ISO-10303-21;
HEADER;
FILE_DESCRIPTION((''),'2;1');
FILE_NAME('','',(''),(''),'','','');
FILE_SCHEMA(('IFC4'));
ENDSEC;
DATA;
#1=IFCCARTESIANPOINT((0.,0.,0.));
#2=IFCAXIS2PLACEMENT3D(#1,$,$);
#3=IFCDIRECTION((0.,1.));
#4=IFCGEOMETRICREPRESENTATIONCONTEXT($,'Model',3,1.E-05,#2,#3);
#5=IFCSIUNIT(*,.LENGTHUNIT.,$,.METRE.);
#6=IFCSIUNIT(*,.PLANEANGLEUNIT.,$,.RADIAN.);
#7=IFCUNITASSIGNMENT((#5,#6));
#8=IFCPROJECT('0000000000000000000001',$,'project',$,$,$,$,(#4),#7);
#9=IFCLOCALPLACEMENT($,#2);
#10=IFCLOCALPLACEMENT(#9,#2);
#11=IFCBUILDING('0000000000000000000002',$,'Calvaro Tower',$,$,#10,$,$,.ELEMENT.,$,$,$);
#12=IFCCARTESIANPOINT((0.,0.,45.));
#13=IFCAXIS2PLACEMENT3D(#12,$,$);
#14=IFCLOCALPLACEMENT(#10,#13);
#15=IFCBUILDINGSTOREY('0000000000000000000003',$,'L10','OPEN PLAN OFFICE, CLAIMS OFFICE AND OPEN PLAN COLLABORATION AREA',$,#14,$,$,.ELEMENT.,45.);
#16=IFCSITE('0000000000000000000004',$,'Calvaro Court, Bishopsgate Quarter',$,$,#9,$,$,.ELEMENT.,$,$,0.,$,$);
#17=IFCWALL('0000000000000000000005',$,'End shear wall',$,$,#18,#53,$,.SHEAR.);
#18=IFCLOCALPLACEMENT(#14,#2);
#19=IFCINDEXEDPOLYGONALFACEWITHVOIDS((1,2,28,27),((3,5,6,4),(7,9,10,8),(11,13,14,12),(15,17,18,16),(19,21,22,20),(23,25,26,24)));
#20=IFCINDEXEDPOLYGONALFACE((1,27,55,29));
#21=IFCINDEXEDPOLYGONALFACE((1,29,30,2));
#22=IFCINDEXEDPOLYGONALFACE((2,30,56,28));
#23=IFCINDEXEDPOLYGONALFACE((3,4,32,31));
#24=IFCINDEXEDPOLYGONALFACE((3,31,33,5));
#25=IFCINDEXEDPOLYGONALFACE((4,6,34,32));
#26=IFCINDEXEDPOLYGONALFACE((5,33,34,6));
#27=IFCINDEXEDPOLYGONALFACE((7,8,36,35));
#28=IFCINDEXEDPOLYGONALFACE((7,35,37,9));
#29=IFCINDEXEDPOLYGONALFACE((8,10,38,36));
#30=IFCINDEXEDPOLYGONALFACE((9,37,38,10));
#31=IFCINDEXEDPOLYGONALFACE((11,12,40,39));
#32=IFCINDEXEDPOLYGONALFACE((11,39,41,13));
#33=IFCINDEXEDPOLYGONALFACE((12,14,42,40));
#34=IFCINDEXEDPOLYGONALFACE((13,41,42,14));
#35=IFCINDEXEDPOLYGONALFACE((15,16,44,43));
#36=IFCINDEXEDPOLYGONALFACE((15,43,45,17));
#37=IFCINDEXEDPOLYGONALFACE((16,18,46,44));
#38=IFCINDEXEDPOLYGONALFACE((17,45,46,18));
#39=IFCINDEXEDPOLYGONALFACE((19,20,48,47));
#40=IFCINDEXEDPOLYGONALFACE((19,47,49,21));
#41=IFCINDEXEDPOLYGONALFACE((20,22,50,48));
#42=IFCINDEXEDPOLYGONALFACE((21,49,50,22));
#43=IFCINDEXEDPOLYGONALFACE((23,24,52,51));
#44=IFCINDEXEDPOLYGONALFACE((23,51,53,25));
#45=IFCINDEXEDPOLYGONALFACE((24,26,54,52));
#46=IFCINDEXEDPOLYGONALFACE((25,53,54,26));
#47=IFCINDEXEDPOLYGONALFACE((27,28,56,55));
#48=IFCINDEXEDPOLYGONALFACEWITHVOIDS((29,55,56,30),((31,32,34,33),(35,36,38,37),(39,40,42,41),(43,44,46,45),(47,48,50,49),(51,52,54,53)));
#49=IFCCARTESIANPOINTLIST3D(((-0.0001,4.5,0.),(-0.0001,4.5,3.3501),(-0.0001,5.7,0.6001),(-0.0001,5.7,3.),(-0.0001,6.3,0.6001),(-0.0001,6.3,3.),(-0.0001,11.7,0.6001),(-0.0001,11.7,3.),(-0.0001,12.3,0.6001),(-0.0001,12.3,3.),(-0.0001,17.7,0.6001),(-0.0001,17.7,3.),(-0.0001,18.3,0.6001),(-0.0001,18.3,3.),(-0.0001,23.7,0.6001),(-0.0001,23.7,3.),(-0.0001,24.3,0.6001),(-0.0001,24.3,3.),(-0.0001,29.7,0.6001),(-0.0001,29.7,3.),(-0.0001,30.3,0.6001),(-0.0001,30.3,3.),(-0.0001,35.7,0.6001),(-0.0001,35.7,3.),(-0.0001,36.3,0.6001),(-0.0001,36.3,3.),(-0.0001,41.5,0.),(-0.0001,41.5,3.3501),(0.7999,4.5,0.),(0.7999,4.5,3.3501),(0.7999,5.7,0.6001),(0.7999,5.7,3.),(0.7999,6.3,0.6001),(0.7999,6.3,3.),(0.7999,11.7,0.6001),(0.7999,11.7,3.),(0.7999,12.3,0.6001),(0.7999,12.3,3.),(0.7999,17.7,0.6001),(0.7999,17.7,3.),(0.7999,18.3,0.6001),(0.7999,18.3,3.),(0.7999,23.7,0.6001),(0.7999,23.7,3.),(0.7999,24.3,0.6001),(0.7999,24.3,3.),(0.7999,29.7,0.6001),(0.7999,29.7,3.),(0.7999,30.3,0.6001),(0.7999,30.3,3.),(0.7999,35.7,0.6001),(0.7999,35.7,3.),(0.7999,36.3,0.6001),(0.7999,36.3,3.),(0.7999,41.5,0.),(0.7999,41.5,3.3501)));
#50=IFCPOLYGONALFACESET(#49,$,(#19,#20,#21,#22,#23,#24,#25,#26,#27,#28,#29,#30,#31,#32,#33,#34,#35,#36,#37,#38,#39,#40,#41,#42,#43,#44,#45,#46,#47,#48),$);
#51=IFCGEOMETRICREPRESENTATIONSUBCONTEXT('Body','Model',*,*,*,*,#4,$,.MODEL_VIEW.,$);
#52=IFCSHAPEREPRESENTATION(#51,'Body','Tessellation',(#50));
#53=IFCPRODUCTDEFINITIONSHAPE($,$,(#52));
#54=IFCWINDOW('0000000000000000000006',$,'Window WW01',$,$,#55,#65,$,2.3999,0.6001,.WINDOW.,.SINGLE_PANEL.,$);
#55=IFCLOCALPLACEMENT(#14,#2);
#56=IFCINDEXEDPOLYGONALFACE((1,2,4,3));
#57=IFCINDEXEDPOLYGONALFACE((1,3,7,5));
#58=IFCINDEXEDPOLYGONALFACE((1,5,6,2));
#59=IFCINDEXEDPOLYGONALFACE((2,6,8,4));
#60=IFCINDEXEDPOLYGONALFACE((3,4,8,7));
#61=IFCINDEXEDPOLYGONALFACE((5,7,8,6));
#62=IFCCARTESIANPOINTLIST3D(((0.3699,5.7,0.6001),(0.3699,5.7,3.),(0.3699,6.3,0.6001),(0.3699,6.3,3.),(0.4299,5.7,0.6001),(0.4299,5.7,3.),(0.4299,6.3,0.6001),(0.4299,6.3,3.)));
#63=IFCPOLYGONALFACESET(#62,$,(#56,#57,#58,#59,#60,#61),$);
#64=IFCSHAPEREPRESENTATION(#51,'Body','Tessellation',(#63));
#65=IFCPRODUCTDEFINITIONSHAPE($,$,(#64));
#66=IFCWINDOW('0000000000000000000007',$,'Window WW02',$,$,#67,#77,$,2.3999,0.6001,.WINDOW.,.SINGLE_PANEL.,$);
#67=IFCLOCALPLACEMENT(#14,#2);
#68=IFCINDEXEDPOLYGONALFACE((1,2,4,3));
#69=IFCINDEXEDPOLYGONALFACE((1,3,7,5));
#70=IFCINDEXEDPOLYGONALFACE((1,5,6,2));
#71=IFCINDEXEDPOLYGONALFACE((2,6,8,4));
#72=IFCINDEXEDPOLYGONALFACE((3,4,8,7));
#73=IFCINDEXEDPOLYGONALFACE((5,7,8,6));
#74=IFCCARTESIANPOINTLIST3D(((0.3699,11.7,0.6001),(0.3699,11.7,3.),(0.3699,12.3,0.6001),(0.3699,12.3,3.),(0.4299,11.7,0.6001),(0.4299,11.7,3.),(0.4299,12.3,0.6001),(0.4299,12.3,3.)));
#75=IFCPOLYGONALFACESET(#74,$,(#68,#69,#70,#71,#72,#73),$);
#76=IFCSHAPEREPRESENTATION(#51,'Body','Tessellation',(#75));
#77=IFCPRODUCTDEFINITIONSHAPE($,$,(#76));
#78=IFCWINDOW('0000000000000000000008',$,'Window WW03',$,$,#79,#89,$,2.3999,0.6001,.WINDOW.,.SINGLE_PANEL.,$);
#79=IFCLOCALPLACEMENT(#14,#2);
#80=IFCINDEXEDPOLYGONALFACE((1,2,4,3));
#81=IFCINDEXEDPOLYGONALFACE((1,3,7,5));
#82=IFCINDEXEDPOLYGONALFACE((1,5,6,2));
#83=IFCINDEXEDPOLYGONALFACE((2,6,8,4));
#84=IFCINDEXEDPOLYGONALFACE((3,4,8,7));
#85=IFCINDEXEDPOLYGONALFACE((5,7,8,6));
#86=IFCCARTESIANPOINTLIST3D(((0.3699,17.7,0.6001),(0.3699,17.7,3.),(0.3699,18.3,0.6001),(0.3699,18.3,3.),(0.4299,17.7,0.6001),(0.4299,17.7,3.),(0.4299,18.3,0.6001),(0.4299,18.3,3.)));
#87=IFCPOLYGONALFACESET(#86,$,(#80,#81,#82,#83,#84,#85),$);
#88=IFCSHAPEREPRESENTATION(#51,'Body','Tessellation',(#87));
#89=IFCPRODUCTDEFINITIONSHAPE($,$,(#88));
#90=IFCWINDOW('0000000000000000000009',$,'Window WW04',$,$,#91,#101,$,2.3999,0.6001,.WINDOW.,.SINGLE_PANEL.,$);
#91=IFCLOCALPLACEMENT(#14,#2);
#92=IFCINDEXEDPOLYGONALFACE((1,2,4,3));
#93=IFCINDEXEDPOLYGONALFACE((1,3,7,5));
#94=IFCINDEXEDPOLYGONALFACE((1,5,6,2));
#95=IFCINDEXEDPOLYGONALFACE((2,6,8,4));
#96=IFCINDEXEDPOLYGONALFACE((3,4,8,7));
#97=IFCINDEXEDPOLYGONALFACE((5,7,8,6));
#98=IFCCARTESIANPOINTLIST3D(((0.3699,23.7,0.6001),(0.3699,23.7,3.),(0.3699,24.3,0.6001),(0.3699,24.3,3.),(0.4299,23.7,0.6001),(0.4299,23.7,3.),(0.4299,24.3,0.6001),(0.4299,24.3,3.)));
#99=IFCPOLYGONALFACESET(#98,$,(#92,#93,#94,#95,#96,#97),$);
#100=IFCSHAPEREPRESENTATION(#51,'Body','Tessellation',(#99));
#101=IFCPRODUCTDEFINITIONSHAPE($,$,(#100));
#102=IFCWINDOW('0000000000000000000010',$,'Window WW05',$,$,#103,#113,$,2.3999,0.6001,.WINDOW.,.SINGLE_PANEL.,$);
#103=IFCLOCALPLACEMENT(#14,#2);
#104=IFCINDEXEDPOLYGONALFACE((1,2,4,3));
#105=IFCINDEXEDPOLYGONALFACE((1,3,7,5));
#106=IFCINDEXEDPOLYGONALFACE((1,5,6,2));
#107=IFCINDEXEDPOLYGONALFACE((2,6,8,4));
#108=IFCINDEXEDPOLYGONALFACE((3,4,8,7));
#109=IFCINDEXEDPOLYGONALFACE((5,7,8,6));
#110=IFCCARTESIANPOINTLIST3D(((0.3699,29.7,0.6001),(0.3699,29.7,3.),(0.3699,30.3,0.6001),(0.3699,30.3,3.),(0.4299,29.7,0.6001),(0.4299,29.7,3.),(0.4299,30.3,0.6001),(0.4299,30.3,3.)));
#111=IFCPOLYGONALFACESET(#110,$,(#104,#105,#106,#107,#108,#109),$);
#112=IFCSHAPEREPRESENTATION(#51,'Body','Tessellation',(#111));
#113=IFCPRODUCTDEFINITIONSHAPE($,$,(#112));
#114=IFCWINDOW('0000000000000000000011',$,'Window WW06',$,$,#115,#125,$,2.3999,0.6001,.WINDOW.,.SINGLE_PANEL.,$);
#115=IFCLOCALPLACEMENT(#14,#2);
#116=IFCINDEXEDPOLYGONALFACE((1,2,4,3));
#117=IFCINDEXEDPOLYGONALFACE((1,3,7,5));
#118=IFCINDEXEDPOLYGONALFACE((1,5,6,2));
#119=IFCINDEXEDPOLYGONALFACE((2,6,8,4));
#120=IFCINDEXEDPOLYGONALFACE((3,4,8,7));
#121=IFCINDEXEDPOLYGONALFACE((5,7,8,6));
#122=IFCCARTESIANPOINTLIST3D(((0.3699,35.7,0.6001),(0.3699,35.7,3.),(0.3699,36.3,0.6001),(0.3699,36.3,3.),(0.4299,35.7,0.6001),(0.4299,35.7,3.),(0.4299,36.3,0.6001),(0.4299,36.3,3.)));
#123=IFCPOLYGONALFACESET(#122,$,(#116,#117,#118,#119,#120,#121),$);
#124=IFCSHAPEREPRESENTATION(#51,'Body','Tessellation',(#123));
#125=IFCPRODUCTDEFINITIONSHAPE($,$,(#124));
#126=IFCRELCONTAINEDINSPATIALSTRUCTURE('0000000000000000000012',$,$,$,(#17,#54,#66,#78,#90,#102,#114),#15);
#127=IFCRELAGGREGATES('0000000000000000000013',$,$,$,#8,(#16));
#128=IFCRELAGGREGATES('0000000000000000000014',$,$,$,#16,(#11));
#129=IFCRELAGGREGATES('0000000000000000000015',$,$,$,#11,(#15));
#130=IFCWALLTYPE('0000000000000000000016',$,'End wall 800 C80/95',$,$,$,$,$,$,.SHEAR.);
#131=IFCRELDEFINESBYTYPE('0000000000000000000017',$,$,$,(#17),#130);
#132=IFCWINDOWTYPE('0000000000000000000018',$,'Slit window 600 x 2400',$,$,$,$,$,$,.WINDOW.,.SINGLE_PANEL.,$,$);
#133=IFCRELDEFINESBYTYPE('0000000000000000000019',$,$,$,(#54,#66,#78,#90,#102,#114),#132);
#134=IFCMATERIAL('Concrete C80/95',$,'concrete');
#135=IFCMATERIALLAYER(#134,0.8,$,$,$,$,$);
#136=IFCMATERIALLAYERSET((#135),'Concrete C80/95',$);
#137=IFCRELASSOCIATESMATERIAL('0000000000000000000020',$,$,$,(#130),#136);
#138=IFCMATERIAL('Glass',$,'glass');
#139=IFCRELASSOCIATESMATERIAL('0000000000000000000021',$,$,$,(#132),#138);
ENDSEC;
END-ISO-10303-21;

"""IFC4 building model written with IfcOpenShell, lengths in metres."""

from ifc_helpers import new_model, si_unit, direction, frame, frame_2d, origin, place, context, subcontext, project, spatial, rectangle, extrude, material, layer, layer_set, type_object, element, fill, save


model = new_model("IFC4")

# Units and contexts
model_context = context("Model", 3, precision=1e-05, world=origin(), true_north=direction((0.0, 1.0)))
body_context = subcontext(model_context, "Body", "Model", "MODEL_VIEW")
ifc_project = project(units=[si_unit("LENGTHUNIT", "METRE"), si_unit("PLANEANGLEUNIT", "RADIAN")], contexts=[model_context])

# Site, building, storey
site_placement = place(None, origin())
site = spatial("IfcSite", under=ifc_project, at=site_placement, Name="Calvaro Court, Bishopsgate Quarter", CompositionType="ELEMENT", RefElevation=0.0)
building_placement = place(site_placement, origin())
building = spatial("IfcBuilding", under=site, at=building_placement, Name="Calvaro Tower", CompositionType="ELEMENT")
storey_placement = place(building_placement, frame((0.0, 0.0, 45.0)))
storey = spatial("IfcBuildingStorey", under=building, at=storey_placement, Name="L10", Description="OPEN PLAN OFFICE, CLAIMS OFFICE AND OPEN PLAN COLLABORATION AREA", CompositionType="ELEMENT", Elevation=45.0)

# Wall, openings, windows
ifc_material_1 = material(Name="Concrete C80/95", Category="concrete")
ifc_layer_1 = layer(ifc_material_1, 0.8)
ifc_layer_set_1 = layer_set([ifc_layer_1], Name="Concrete C80/95")
wall_type = type_object("IfcWallType", Name="End wall 800 C80/95", PredefinedType="SHEAR", material=ifc_layer_set_1)
wall_placement = place(storey_placement, frame((0.3999, 4.5, 0.0), z_axis=(0.0, 0.0, 1.0), x_axis=(0.0, 1.0, 0.0)))
wall = element("IfcWall", 1, at=wall_placement, inside=storey, type_object=wall_type, Name="End shear wall", PredefinedType="SHEAR", context=body_context, shape_type="SweptSolid", body=[
    extrude(rectangle(XDim=37.0, YDim=0.8, at=frame_2d((18.5, 0.0))), origin(), (0.0, 0.0, 1.0), 3.3501),
])
opening_1_placement = place(wall_placement, frame((1.2, 0.0, 0.6001)))
opening_1 = element("IfcOpeningElement", 2, at=opening_1_placement, cuts=wall, PredefinedType="OPENING", context=body_context, shape_type="SweptSolid", body=[
    extrude(rectangle(XDim=0.6001, YDim=2.3999, at=frame_2d((0.3, 1.2))), frame((0.0, 0.4099, 0.0), z_axis=(0.0, -1.0, 0.0), x_axis=(1.0, 0.0, 0.0)), (0.0, 0.0, 1.0), 0.8201),
])
opening_2_placement = place(wall_placement, frame((7.2, 0.0, 0.6001)))
opening_2 = element("IfcOpeningElement", 3, at=opening_2_placement, cuts=wall, PredefinedType="OPENING", context=body_context, shape_type="SweptSolid", body=[
    extrude(rectangle(XDim=0.6001, YDim=2.3999, at=frame_2d((0.3, 1.2))), frame((0.0, 0.4099, 0.0), z_axis=(0.0, -1.0, 0.0), x_axis=(1.0, 0.0, 0.0)), (0.0, 0.0, 1.0), 0.8201),
])
opening_3_placement = place(wall_placement, frame((13.2, 0.0, 0.6001)))
opening_3 = element("IfcOpeningElement", 4, at=opening_3_placement, cuts=wall, PredefinedType="OPENING", context=body_context, shape_type="SweptSolid", body=[
    extrude(rectangle(XDim=0.6001, YDim=2.3999, at=frame_2d((0.3, 1.2))), frame((0.0, 0.4099, 0.0), z_axis=(0.0, -1.0, 0.0), x_axis=(1.0, 0.0, 0.0)), (0.0, 0.0, 1.0), 0.8201),
])
opening_4_placement = place(wall_placement, frame((19.2, 0.0, 0.6001)))
opening_4 = element("IfcOpeningElement", 5, at=opening_4_placement, cuts=wall, PredefinedType="OPENING", context=body_context, shape_type="SweptSolid", body=[
    extrude(rectangle(XDim=0.6001, YDim=2.3999, at=frame_2d((0.3, 1.2))), frame((0.0, 0.4099, 0.0), z_axis=(0.0, -1.0, 0.0), x_axis=(1.0, 0.0, 0.0)), (0.0, 0.0, 1.0), 0.8201),
])
opening_5_placement = place(wall_placement, frame((25.2, 0.0, 0.6001)))
opening_5 = element("IfcOpeningElement", 6, at=opening_5_placement, cuts=wall, PredefinedType="OPENING", context=body_context, shape_type="SweptSolid", body=[
    extrude(rectangle(XDim=0.6001, YDim=2.3999, at=frame_2d((0.3, 1.2))), frame((0.0, 0.4099, 0.0), z_axis=(0.0, -1.0, 0.0), x_axis=(1.0, 0.0, 0.0)), (0.0, 0.0, 1.0), 0.8201),
])
opening_6_placement = place(wall_placement, frame((31.2, 0.0, 0.6001)))
opening_6 = element("IfcOpeningElement", 7, at=opening_6_placement, cuts=wall, PredefinedType="OPENING", context=body_context, shape_type="SweptSolid", body=[
    extrude(rectangle(XDim=0.6001, YDim=2.3999, at=frame_2d((0.3, 1.2))), frame((0.0, 0.4099, 0.0), z_axis=(0.0, -1.0, 0.0), x_axis=(1.0, 0.0, 0.0)), (0.0, 0.0, 1.0), 0.8201),
])
ifc_material_2 = material(Name="Glass", Category="glass")
window_type = type_object("IfcWindowType", Name="Slit window 600 x 2400", PartitioningType="SINGLE_PANEL", PredefinedType="WINDOW", material=ifc_material_2)
window_1_placement = place(opening_1_placement, origin())
window_1 = element("IfcWindow", 8, at=window_1_placement, inside=storey, type_object=window_type, Name="Window WW01", OverallHeight=2.3999, OverallWidth=0.6001, PartitioningType="SINGLE_PANEL", PredefinedType="WINDOW", context=body_context, shape_type="SweptSolid", body=[
    extrude(rectangle(XDim=0.6001, YDim=2.3999, at=frame_2d((0.3, 1.2))), frame((0.0, 0.03, 0.0), z_axis=(0.0, -1.0, 0.0), x_axis=(1.0, 0.0, 0.0)), (0.0, 0.0, 1.0), 0.0601),
])
fill(opening_1, window_1)
window_2_placement = place(opening_2_placement, origin())
window_2 = element("IfcWindow", 9, at=window_2_placement, inside=storey, type_object=window_type, Name="Window WW02", OverallHeight=2.3999, OverallWidth=0.6001, PartitioningType="SINGLE_PANEL", PredefinedType="WINDOW", context=body_context, shape_type="SweptSolid", body=[
    extrude(rectangle(XDim=0.6001, YDim=2.3999, at=frame_2d((0.3, 1.2))), frame((0.0, 0.03, 0.0), z_axis=(0.0, -1.0, 0.0), x_axis=(1.0, 0.0, 0.0)), (0.0, 0.0, 1.0), 0.0601),
])
fill(opening_2, window_2)
window_3_placement = place(opening_3_placement, origin())
window_3 = element("IfcWindow", 10, at=window_3_placement, inside=storey, type_object=window_type, Name="Window WW03", OverallHeight=2.3999, OverallWidth=0.6001, PartitioningType="SINGLE_PANEL", PredefinedType="WINDOW", context=body_context, shape_type="SweptSolid", body=[
    extrude(rectangle(XDim=0.6001, YDim=2.3999, at=frame_2d((0.3, 1.2))), frame((0.0, 0.03, 0.0), z_axis=(0.0, -1.0, 0.0), x_axis=(1.0, 0.0, 0.0)), (0.0, 0.0, 1.0), 0.0601),
])
fill(opening_3, window_3)
window_4_placement = place(opening_4_placement, origin())
window_4 = element("IfcWindow", 11, at=window_4_placement, inside=storey, type_object=window_type, Name="Window WW04", OverallHeight=2.3999, OverallWidth=0.6001, PartitioningType="SINGLE_PANEL", PredefinedType="WINDOW", context=body_context, shape_type="SweptSolid", body=[
    extrude(rectangle(XDim=0.6001, YDim=2.3999, at=frame_2d((0.3, 1.2))), frame((0.0, 0.03, 0.0), z_axis=(0.0, -1.0, 0.0), x_axis=(1.0, 0.0, 0.0)), (0.0, 0.0, 1.0), 0.0601),
])
fill(opening_4, window_4)
window_5_placement = place(opening_5_placement, origin())
window_5 = element("IfcWindow", 12, at=window_5_placement, inside=storey, type_object=window_type, Name="Window WW05", OverallHeight=2.3999, OverallWidth=0.6001, PartitioningType="SINGLE_PANEL", PredefinedType="WINDOW", context=body_context, shape_type="SweptSolid", body=[
    extrude(rectangle(XDim=0.6001, YDim=2.3999, at=frame_2d((0.3, 1.2))), frame((0.0, 0.03, 0.0), z_axis=(0.0, -1.0, 0.0), x_axis=(1.0, 0.0, 0.0)), (0.0, 0.0, 1.0), 0.0601),
])
fill(opening_5, window_5)
window_6_placement = place(opening_6_placement, origin())
window_6 = element("IfcWindow", 13, at=window_6_placement, inside=storey, type_object=window_type, Name="Window WW06", OverallHeight=2.3999, OverallWidth=0.6001, PartitioningType="SINGLE_PANEL", PredefinedType="WINDOW", context=body_context, shape_type="SweptSolid", body=[
    extrude(rectangle(XDim=0.6001, YDim=2.3999, at=frame_2d((0.3, 1.2))), frame((0.0, 0.03, 0.0), z_axis=(0.0, -1.0, 0.0), x_axis=(1.0, 0.0, 0.0)), (0.0, 0.0, 1.0), 0.0601),
])
fill(opening_6, window_6)

save(model, "model.ifc")
